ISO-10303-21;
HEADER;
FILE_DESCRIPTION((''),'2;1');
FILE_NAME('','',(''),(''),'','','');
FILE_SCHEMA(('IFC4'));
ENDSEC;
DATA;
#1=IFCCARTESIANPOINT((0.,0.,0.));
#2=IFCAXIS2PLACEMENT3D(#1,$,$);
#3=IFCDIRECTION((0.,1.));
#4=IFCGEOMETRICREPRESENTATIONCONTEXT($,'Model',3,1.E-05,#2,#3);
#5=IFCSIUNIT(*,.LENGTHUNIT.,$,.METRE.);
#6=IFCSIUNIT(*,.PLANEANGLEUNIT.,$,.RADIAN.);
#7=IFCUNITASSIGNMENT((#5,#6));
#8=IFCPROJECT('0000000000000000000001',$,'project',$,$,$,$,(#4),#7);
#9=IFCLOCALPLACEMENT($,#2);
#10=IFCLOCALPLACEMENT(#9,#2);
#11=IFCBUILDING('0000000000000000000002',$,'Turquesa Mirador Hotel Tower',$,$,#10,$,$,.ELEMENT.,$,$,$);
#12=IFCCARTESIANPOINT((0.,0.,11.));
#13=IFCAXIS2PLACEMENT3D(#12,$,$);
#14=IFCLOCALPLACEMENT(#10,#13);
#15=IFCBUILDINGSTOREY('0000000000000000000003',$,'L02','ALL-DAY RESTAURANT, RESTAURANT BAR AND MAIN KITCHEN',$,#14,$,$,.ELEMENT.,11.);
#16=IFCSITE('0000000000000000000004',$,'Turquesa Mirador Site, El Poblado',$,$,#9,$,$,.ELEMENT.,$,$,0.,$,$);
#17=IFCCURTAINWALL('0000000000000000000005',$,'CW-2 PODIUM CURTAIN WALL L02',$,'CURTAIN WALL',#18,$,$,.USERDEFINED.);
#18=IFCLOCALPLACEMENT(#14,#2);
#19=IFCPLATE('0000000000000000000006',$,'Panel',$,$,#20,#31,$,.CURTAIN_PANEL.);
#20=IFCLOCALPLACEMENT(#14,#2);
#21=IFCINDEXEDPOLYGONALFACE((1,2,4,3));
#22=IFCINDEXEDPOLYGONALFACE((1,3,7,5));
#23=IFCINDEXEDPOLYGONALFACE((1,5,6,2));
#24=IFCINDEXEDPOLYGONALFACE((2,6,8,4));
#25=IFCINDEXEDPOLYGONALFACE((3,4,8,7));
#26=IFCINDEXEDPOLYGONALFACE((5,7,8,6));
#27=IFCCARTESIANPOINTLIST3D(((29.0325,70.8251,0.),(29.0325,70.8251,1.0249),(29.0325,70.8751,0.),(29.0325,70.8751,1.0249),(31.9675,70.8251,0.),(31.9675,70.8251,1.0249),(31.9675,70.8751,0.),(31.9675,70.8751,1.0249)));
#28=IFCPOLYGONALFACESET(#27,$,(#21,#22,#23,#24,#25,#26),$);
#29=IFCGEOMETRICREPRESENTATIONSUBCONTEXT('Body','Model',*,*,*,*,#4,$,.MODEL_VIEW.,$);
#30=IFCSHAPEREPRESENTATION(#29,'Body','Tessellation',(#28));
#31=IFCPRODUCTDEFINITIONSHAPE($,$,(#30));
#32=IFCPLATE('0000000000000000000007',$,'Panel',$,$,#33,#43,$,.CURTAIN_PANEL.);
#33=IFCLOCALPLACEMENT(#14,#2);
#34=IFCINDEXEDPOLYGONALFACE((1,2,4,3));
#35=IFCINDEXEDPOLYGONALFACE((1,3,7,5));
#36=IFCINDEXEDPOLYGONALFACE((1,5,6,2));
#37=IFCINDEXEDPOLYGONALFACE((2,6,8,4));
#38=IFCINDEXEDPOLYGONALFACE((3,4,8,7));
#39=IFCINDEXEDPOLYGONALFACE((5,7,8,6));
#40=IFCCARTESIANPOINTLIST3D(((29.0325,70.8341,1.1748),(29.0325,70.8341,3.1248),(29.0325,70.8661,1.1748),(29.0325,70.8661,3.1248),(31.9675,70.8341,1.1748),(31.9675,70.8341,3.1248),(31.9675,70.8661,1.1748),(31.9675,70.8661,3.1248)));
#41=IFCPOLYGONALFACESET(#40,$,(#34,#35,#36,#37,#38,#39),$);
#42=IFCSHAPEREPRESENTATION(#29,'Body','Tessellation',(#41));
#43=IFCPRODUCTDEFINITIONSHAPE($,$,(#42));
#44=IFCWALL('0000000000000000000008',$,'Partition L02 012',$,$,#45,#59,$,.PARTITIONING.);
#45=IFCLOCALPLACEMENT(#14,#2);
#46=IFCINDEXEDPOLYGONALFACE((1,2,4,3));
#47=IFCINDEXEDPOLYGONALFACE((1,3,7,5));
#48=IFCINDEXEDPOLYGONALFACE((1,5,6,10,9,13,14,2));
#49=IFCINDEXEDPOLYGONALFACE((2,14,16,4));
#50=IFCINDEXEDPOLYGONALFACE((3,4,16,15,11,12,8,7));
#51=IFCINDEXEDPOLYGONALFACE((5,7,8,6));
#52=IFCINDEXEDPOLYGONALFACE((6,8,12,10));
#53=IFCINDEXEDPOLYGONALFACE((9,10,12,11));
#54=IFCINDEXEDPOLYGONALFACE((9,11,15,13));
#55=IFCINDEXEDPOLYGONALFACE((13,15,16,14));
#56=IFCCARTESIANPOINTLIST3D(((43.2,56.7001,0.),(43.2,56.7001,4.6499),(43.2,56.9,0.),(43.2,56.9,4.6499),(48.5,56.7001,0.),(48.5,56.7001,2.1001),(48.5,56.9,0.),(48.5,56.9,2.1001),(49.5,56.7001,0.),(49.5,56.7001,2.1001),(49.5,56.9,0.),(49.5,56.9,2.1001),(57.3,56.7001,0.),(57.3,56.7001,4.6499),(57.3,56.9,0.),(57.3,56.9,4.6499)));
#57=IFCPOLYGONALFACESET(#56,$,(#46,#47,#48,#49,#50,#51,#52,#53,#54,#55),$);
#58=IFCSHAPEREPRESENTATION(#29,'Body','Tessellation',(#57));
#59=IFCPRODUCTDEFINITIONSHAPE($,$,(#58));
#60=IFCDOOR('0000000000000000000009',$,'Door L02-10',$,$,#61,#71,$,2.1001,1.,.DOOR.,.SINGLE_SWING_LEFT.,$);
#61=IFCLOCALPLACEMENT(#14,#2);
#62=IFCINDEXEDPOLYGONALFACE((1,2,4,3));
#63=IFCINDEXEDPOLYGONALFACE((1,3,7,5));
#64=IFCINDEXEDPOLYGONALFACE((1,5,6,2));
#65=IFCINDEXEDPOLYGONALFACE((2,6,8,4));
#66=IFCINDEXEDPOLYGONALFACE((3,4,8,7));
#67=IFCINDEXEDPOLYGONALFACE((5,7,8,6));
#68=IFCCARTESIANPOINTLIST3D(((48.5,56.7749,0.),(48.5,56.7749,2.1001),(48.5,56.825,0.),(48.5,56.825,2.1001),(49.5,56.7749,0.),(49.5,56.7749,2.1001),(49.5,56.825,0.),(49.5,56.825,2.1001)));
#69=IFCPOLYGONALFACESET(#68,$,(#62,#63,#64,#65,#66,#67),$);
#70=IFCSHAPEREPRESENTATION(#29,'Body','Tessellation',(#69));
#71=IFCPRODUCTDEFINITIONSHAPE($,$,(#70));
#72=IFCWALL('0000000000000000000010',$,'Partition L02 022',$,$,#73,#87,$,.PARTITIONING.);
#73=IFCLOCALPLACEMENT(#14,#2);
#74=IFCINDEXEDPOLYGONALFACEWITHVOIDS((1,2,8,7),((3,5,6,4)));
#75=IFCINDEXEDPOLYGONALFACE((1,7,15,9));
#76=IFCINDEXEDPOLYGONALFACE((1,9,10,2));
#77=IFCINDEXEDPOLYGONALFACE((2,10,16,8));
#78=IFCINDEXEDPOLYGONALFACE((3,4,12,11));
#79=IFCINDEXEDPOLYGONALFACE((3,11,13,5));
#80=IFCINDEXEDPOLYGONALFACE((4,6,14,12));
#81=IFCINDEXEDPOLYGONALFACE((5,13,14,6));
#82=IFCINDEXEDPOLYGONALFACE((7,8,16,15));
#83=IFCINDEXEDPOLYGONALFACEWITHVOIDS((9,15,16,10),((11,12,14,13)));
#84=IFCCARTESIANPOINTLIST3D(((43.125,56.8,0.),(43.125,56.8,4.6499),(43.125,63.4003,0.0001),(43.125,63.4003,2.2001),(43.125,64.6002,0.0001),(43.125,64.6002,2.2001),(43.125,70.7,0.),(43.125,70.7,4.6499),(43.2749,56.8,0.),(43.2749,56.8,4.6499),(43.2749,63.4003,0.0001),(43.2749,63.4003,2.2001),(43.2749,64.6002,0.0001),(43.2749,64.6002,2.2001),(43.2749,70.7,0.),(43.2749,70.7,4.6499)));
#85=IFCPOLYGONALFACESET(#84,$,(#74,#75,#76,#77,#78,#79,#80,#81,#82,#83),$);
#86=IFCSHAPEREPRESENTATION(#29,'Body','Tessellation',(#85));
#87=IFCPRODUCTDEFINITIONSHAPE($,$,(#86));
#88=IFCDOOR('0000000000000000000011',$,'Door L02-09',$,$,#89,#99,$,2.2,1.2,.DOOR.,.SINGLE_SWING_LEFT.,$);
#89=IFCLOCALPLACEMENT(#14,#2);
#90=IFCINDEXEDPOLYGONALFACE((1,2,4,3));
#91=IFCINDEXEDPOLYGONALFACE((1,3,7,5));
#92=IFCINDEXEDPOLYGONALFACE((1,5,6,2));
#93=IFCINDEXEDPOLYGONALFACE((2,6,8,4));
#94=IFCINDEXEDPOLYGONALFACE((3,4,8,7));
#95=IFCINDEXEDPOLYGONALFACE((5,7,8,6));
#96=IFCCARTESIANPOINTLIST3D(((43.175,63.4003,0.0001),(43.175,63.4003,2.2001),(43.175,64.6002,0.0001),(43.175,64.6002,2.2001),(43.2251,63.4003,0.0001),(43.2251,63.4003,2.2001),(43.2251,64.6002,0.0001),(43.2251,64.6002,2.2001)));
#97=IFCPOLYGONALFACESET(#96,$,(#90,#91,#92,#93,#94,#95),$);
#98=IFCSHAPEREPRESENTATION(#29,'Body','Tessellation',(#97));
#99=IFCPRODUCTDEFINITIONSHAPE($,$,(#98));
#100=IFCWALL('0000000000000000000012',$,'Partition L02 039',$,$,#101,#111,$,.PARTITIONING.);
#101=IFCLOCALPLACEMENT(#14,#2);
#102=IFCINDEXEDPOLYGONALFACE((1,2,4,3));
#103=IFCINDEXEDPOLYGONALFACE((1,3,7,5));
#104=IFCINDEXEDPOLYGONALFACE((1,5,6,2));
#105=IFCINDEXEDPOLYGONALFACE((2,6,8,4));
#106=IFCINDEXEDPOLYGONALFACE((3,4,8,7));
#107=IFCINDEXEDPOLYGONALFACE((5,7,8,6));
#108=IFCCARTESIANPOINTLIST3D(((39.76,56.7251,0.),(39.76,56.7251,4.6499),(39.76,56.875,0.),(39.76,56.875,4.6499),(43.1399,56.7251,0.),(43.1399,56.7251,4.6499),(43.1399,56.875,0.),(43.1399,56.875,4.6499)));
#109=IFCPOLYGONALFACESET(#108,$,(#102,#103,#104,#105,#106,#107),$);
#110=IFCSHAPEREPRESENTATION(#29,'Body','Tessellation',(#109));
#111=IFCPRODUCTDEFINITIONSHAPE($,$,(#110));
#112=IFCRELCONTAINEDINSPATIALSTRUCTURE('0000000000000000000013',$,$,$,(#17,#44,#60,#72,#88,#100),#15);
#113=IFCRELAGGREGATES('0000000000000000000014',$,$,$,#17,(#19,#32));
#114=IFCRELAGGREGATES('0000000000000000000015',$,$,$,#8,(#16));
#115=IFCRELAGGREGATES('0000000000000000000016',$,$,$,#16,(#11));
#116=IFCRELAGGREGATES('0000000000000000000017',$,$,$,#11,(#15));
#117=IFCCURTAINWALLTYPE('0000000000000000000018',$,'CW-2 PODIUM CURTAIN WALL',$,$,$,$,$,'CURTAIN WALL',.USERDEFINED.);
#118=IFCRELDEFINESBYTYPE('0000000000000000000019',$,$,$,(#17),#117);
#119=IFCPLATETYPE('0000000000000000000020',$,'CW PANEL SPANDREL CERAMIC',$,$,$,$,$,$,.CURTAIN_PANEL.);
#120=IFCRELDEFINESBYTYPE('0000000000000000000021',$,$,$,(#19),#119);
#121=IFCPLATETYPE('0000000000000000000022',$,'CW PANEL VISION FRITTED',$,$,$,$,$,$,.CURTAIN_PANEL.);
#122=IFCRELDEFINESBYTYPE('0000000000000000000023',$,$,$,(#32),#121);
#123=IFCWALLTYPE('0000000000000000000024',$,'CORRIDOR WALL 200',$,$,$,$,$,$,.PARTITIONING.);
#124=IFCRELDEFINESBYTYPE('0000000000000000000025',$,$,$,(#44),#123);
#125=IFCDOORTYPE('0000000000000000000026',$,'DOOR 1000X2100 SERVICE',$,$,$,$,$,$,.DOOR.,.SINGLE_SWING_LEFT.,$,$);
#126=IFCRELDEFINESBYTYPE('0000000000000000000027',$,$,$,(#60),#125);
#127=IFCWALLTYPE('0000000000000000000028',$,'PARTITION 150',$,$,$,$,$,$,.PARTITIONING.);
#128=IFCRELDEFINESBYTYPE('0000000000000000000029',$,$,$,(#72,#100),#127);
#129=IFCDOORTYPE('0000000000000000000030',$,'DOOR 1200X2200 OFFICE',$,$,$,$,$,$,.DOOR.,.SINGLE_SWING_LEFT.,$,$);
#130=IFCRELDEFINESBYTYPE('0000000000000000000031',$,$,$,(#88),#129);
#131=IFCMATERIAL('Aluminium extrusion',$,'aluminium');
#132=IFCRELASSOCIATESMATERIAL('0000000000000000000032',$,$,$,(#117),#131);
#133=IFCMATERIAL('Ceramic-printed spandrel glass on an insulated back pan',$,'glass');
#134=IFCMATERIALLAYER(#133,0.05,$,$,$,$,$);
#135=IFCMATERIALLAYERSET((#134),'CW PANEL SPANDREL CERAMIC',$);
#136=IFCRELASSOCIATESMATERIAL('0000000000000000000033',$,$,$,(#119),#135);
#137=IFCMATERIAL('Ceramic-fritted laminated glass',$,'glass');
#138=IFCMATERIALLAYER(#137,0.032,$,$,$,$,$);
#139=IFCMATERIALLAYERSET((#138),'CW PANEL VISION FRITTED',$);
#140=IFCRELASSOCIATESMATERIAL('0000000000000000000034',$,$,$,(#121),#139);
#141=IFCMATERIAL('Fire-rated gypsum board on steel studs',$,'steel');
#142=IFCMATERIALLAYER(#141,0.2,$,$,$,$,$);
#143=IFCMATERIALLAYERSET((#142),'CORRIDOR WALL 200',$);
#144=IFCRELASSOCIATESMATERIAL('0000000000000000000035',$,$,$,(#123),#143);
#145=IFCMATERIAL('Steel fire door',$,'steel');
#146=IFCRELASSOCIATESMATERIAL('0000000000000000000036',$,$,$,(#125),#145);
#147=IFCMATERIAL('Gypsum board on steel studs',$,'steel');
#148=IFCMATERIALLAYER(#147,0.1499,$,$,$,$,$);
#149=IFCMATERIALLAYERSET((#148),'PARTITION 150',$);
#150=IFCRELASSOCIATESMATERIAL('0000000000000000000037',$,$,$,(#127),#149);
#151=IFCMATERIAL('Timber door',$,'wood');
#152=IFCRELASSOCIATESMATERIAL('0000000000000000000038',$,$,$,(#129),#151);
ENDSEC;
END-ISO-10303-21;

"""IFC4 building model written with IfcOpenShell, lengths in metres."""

from ifc_helpers import new_model, si_unit, direction, frame, frame_2d, origin, origin_2d, place, context, subcontext, project, spatial, rectangle, extrude, material, layer, layer_set, type_object, element, fill, aggregate, save


model = new_model("IFC4")

# Units and contexts
model_context = context("Model", 3, precision=1e-05, world=origin(), true_north=direction((0.0, 1.0)))
body_context = subcontext(model_context, "Body", "Model", "MODEL_VIEW")
ifc_project = project(units=[si_unit("LENGTHUNIT", "METRE"), si_unit("PLANEANGLEUNIT", "RADIAN")], contexts=[model_context])

# Site, building, storey
site_placement = place(None, origin())
site = spatial("IfcSite", under=ifc_project, at=site_placement, Name="Turquesa Mirador Site, El Poblado", CompositionType="ELEMENT", RefElevation=0.0)
building_placement = place(site_placement, origin())
building = spatial("IfcBuilding", under=site, at=building_placement, Name="Turquesa Mirador Hotel Tower", CompositionType="ELEMENT")
storey_placement = place(building_placement, frame((0.0, 0.0, 11.0)))
storey = spatial("IfcBuildingStorey", under=building, at=storey_placement, Name="L02", Description="ALL-DAY RESTAURANT, RESTAURANT BAR AND MAIN KITCHEN", CompositionType="ELEMENT", Elevation=11.0)

# Curtain wall
ifc_material_1 = material(Name="Aluminium extrusion", Category="aluminium")
curtain_wall_type = type_object("IfcCurtainWallType", Name="CW-2 PODIUM CURTAIN WALL", ElementType="CURTAIN WALL", PredefinedType="USERDEFINED", material=ifc_material_1)
curtain_wall_placement = place(storey_placement, origin())
curtain_wall = element("IfcCurtainWall", 1, at=curtain_wall_placement, inside=storey, type_object=curtain_wall_type, Name="CW-2 PODIUM CURTAIN WALL L02", ObjectType="CURTAIN WALL", PredefinedType="USERDEFINED")

# Plates
ifc_material_2 = material(Name="Ceramic-printed spandrel glass on an insulated back pan", Category="glass")
ifc_layer_1 = layer(ifc_material_2, 0.05)
ifc_layer_set_1 = layer_set([ifc_layer_1], Name="CW PANEL SPANDREL CERAMIC")
plate_type_1 = type_object("IfcPlateType", Name="CW PANEL SPANDREL CERAMIC", PredefinedType="CURTAIN_PANEL", material=ifc_layer_set_1)
plate_1_placement = place(storey_placement, frame((30.5, 70.8501, 0.0), z_axis=(0.0, 0.0, 1.0), x_axis=(-1.0, 0.0, 0.0)))
plate_1 = element("IfcPlate", 2, at=plate_1_placement, type_object=plate_type_1, Name="Panel", PredefinedType="CURTAIN_PANEL", context=body_context, shape_type="SweptSolid", body=[
    extrude(rectangle(XDim=2.9351, YDim=0.05, at=origin_2d()), origin(), (0.0, 0.0, 1.0), 1.0249),
])
ifc_material_3 = material(Name="Ceramic-fritted laminated glass", Category="glass")
ifc_layer_2 = layer(ifc_material_3, 0.032)
ifc_layer_set_2 = layer_set([ifc_layer_2], Name="CW PANEL VISION FRITTED")
plate_type_2 = type_object("IfcPlateType", Name="CW PANEL VISION FRITTED", PredefinedType="CURTAIN_PANEL", material=ifc_layer_set_2)
plate_2_placement = place(storey_placement, frame((30.5, 70.8501, 1.1748), z_axis=(0.0, 0.0, 1.0), x_axis=(-1.0, 0.0, 0.0)))
plate_2 = element("IfcPlate", 3, at=plate_2_placement, type_object=plate_type_2, Name="Panel", PredefinedType="CURTAIN_PANEL", context=body_context, shape_type="SweptSolid", body=[
    extrude(rectangle(XDim=2.9351, YDim=0.032, at=origin_2d()), origin(), (0.0, 0.0, 1.0), 1.95),
])
aggregate(curtain_wall, [plate_1, plate_2])

# Walls, openings, doors
ifc_material_4 = material(Name="Fire-rated gypsum board on steel studs", Category="steel")
ifc_layer_3 = layer(ifc_material_4, 0.2)
ifc_layer_set_3 = layer_set([ifc_layer_3], Name="CORRIDOR WALL 200")
wall_type_1 = type_object("IfcWallType", Name="CORRIDOR WALL 200", PredefinedType="PARTITIONING", material=ifc_layer_set_3)
wall_1_placement = place(storey_placement, frame((43.2, 56.8, 0.0), z_axis=(0.0, 0.0, 1.0), x_axis=(1.0, 0.0, 0.0)))
wall_1 = element("IfcWall", 4, at=wall_1_placement, inside=storey, type_object=wall_type_1, Name="Partition L02 012", PredefinedType="PARTITIONING", context=body_context, shape_type="SweptSolid", body=[
    extrude(rectangle(XDim=14.1001, YDim=0.2, at=frame_2d((7.05, 0.0))), origin(), (0.0, 0.0, 1.0), 4.6499),
])
opening_1_placement = place(wall_1_placement, frame((5.3, 0.0, 0.0)))
opening_1 = element("IfcOpeningElement", 5, at=opening_1_placement, cuts=wall_1, PredefinedType="OPENING", context=body_context, shape_type="SweptSolid", body=[
    extrude(rectangle(XDim=1.0, YDim=2.1001, at=frame_2d((0.5, 1.05))), frame((0.0, 0.1099, 0.0), z_axis=(0.0, -1.0, 0.0), x_axis=(1.0, 0.0, 0.0)), (0.0, 0.0, 1.0), 0.22),
])
ifc_material_5 = material(Name="Steel fire door", Category="steel")
door_type_1 = type_object("IfcDoorType", Name="DOOR 1000X2100 SERVICE", OperationType="SINGLE_SWING_LEFT", PredefinedType="DOOR", material=ifc_material_5)
door_1_placement = place(opening_1_placement, origin())
door_1 = element("IfcDoor", 6, at=door_1_placement, inside=storey, type_object=door_type_1, Name="Door L02-10", OperationType="SINGLE_SWING_LEFT", OverallHeight=2.1001, OverallWidth=1.0, PredefinedType="DOOR", context=body_context, shape_type="SweptSolid", body=[
    extrude(rectangle(XDim=1.0, YDim=2.1001, at=frame_2d((0.5, 1.05))), frame((0.0, 0.0249, 0.0), z_axis=(0.0, -1.0, 0.0), x_axis=(1.0, 0.0, 0.0)), (0.0, 0.0, 1.0), 0.05),
])
fill(opening_1, door_1)
ifc_material_6 = material(Name="Gypsum board on steel studs", Category="steel")
ifc_layer_4 = layer(ifc_material_6, 0.1499)
ifc_layer_set_4 = layer_set([ifc_layer_4], Name="PARTITION 150")
wall_type_2 = type_object("IfcWallType", Name="PARTITION 150", PredefinedType="PARTITIONING", material=ifc_layer_set_4)
wall_2_placement = place(storey_placement, frame((43.2, 56.8, 0.0), z_axis=(0.0, 0.0, 1.0), x_axis=(0.0, 1.0, 0.0)))
wall_2 = element("IfcWall", 7, at=wall_2_placement, inside=storey, type_object=wall_type_2, Name="Partition L02 022", PredefinedType="PARTITIONING", context=body_context, shape_type="SweptSolid", body=[
    extrude(rectangle(XDim=13.8999, YDim=0.1499, at=frame_2d((6.95, 0.0))), origin(), (0.0, 0.0, 1.0), 4.6499),
])
opening_2_placement = place(wall_2_placement, frame((6.6001, 0.0, 0.0)))
opening_2 = element("IfcOpeningElement", 8, at=opening_2_placement, cuts=wall_2, PredefinedType="OPENING", context=body_context, shape_type="SweptSolid", body=[
    extrude(rectangle(XDim=1.2, YDim=2.2, at=frame_2d((0.6001, 1.1001))), frame((0.0, 0.085, 0.0), z_axis=(0.0, -1.0, 0.0), x_axis=(1.0, 0.0, 0.0)), (0.0, 0.0, 1.0), 0.1699),
])
ifc_material_7 = material(Name="Timber door", Category="wood")
door_type_2 = type_object("IfcDoorType", Name="DOOR 1200X2200 OFFICE", OperationType="SINGLE_SWING_LEFT", PredefinedType="DOOR", material=ifc_material_7)
door_2_placement = place(opening_2_placement, origin())
door_2 = element("IfcDoor", 9, at=door_2_placement, inside=storey, type_object=door_type_2, Name="Door L02-09", OperationType="SINGLE_SWING_LEFT", OverallHeight=2.2, OverallWidth=1.2, PredefinedType="DOOR", context=body_context, shape_type="SweptSolid", body=[
    extrude(rectangle(XDim=1.2, YDim=2.2, at=frame_2d((0.6001, 1.1001))), frame((0.0, 0.0249, 0.0), z_axis=(0.0, -1.0, 0.0), x_axis=(1.0, 0.0, 0.0)), (0.0, 0.0, 1.0), 0.05),
])
fill(opening_2, door_2)

# Wall
wall_3_placement = place(storey_placement, frame((39.76, 56.8, 0.0), z_axis=(0.0, 0.0, 1.0), x_axis=(1.0, 0.0, 0.0)))
element("IfcWall", 10, at=wall_3_placement, inside=storey, type_object=wall_type_2, Name="Partition L02 039", PredefinedType="PARTITIONING", context=body_context, shape_type="SweptSolid", body=[
    extrude(rectangle(XDim=3.3799, YDim=0.1499, at=frame_2d((1.6899, 0.0))), origin(), (0.0, 0.0, 1.0), 4.6499),
])

save(model, "model.ifc")
